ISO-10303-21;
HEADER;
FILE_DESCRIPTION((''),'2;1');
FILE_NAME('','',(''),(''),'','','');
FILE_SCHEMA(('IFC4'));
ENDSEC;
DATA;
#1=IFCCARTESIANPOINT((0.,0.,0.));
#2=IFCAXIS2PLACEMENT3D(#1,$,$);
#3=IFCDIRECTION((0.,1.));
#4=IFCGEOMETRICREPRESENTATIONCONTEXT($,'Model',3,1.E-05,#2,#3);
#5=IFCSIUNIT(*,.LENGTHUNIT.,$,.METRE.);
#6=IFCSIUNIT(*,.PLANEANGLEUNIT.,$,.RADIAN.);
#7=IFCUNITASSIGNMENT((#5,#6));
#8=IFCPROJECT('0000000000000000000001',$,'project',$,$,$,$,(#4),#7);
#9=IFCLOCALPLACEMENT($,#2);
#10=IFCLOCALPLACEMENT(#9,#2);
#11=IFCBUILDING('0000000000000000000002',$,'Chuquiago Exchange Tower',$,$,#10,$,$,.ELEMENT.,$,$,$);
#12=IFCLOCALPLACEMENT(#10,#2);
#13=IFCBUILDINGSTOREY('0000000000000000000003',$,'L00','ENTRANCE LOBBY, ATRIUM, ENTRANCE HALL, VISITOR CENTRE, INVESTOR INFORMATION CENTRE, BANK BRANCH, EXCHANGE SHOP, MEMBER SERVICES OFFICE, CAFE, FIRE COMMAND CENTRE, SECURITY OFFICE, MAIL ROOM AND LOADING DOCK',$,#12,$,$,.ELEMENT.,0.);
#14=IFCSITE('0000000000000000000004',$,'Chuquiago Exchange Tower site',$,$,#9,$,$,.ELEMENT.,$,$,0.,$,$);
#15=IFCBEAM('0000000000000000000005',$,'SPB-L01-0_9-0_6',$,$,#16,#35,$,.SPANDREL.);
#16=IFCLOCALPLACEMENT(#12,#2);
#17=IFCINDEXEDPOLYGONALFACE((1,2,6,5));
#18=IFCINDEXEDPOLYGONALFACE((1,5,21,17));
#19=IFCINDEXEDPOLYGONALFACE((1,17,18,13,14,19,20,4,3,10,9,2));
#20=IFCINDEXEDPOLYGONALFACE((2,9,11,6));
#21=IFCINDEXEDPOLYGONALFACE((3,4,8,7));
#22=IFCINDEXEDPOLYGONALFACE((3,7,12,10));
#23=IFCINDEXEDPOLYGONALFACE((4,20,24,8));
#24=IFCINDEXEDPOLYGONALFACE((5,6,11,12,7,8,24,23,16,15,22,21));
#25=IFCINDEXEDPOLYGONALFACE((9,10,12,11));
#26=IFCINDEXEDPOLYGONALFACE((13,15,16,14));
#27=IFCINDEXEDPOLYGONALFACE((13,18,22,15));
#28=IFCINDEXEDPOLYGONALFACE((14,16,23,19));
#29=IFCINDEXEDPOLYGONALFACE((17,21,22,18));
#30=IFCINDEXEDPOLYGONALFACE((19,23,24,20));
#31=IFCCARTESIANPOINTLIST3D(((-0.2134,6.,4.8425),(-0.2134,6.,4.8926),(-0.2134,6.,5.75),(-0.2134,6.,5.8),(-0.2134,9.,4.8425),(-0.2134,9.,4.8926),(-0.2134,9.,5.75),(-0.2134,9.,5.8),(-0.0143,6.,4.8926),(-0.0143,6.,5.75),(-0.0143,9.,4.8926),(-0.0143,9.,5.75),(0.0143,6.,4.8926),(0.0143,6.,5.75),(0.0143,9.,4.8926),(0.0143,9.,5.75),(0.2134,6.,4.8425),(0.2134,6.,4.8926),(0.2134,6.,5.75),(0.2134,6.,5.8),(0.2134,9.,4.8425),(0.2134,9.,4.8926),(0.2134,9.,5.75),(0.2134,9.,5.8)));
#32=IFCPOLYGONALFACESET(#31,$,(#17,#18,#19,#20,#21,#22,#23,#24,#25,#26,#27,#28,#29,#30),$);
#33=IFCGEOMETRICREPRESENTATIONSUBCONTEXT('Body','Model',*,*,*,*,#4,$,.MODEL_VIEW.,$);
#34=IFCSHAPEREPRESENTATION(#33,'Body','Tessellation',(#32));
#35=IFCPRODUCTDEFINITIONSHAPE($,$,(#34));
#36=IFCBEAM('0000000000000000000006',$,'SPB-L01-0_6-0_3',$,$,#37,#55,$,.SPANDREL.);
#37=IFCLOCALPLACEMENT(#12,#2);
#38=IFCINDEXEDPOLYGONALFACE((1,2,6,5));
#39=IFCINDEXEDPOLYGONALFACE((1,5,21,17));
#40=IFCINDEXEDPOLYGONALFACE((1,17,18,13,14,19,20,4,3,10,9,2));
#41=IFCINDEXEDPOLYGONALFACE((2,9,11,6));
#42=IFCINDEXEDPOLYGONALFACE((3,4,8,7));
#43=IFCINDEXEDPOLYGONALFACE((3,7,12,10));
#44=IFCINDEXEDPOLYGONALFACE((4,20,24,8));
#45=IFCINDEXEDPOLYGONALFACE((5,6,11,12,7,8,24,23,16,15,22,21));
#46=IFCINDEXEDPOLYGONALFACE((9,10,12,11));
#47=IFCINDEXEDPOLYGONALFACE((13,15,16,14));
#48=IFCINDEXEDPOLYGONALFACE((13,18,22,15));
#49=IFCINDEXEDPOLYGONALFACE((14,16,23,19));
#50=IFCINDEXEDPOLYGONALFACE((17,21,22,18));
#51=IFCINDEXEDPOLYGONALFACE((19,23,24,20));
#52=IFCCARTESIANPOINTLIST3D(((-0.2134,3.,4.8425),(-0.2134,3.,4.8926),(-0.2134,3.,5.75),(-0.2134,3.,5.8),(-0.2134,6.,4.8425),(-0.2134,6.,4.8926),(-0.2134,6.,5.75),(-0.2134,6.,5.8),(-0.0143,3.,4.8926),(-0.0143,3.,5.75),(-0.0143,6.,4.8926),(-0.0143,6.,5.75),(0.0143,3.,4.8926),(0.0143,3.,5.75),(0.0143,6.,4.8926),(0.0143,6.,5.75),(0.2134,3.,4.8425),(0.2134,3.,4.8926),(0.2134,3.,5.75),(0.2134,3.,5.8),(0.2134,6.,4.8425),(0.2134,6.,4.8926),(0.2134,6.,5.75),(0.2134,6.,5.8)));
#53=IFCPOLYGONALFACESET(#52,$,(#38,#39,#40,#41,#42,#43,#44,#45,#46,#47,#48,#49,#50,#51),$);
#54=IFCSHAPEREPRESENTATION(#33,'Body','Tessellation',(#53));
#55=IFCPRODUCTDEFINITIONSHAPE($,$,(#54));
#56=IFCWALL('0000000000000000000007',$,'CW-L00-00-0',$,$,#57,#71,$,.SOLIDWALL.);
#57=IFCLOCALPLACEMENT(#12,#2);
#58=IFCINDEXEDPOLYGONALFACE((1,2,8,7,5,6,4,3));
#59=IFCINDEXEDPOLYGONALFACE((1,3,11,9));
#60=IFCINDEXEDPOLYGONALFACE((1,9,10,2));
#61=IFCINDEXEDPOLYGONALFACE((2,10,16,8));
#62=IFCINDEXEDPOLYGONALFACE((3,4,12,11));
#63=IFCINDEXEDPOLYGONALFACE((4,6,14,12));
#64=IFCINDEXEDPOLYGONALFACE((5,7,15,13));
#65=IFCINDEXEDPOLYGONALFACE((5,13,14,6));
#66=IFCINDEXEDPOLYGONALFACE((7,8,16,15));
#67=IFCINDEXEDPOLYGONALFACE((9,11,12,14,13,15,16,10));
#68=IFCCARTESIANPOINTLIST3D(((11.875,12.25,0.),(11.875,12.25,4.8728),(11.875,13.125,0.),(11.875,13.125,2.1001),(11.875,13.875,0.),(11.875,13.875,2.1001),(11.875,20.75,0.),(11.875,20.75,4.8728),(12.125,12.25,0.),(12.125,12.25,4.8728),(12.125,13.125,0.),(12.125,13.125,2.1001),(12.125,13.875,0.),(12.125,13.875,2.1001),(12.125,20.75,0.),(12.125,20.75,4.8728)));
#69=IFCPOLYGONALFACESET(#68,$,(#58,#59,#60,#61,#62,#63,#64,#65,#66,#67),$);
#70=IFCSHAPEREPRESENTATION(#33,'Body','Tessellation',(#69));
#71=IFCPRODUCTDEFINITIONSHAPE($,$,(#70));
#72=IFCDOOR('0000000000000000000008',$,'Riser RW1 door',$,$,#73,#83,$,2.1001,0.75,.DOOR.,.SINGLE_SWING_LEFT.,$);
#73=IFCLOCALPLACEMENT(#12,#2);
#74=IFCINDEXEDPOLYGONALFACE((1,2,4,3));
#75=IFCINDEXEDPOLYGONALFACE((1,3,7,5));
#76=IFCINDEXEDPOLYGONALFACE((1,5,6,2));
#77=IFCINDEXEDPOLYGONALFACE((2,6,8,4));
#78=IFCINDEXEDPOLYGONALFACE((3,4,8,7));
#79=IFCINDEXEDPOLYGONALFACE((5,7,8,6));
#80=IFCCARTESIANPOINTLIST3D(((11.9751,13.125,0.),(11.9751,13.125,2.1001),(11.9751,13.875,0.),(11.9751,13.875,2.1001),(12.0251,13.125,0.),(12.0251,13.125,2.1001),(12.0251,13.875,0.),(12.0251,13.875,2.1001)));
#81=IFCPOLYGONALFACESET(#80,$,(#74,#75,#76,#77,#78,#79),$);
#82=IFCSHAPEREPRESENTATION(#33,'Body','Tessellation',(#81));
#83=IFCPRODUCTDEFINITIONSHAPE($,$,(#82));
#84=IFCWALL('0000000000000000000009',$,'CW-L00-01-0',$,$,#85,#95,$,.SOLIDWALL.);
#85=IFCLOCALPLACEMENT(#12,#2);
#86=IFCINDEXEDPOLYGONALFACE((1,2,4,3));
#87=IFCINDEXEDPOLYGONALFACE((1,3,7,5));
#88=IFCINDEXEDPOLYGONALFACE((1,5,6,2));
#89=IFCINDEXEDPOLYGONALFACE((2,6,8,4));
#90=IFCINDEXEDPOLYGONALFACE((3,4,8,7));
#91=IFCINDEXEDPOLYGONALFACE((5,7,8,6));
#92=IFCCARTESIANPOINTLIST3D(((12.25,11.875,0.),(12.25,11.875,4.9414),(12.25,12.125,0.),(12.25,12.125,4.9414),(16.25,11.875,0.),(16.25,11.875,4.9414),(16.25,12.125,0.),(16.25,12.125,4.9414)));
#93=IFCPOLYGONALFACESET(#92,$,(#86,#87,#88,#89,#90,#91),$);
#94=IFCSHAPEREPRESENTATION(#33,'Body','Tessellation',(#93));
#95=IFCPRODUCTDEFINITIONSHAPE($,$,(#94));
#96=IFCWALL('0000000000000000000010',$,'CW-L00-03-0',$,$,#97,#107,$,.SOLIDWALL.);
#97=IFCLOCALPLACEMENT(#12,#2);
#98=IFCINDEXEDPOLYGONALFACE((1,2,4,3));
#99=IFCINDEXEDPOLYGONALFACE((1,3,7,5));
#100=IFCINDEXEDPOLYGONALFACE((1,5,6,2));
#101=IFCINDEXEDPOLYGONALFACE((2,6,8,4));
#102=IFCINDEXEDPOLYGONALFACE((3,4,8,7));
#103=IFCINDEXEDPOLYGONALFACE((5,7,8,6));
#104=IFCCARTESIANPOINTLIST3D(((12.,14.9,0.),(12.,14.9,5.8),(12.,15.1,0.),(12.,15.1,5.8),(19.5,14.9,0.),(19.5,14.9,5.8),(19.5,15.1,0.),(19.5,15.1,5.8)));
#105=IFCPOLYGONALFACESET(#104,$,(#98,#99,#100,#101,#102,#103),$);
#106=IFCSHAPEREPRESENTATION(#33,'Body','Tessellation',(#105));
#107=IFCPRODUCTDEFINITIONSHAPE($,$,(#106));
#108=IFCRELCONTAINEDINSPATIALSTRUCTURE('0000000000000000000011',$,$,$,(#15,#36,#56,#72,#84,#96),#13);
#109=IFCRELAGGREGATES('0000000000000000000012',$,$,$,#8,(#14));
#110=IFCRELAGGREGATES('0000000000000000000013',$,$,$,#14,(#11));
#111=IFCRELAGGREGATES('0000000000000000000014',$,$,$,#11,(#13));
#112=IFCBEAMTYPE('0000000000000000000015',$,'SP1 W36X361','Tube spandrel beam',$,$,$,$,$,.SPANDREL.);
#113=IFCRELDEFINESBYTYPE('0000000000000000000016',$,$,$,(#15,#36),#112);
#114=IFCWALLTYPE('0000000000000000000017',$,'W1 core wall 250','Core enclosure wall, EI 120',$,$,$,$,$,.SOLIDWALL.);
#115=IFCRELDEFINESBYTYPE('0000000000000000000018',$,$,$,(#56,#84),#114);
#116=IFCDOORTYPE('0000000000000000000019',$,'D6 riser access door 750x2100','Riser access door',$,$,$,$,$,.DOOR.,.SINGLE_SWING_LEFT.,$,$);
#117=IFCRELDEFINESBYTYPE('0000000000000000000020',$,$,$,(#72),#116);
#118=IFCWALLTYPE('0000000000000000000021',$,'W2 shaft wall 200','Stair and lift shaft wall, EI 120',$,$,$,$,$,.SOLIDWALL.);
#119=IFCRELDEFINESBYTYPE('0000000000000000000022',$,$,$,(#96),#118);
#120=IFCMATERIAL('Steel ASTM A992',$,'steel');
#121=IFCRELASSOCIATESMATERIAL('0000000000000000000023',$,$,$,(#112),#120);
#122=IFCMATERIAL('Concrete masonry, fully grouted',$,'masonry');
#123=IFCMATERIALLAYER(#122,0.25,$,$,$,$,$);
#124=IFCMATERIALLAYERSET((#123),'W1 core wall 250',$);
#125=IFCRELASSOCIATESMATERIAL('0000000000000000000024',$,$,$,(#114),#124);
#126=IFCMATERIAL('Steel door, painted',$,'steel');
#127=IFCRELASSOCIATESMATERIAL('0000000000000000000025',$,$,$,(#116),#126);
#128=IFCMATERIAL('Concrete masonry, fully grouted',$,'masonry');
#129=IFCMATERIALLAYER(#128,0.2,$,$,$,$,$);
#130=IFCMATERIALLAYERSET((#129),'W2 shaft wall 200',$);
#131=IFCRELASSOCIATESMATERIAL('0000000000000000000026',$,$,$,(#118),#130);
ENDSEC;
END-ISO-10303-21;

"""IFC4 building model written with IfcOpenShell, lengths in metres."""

from ifc_helpers import new_model, si_unit, direction, frame, frame_2d, origin, origin_2d, place, context, subcontext, project, spatial, rectangle, i_section, extrude, material, layer, layer_set, material_profile, profile_set, type_object, element, fill, save


model = new_model("IFC4")

# Units and contexts
model_context = context("Model", 3, precision=1e-05, world=origin(), true_north=direction((0.0, 1.0)))
body_context = subcontext(model_context, "Body", "Model", "MODEL_VIEW")
ifc_project = project(units=[si_unit("LENGTHUNIT", "METRE"), si_unit("PLANEANGLEUNIT", "RADIAN")], contexts=[model_context])

# Site, building, storey
site_placement = place(None, origin())
site = spatial("IfcSite", under=ifc_project, at=site_placement, Name="Chuquiago Exchange Tower site", CompositionType="ELEMENT", RefElevation=0.0)
building_placement = place(site_placement, origin())
building = spatial("IfcBuilding", under=site, at=building_placement, Name="Chuquiago Exchange Tower", CompositionType="ELEMENT")
storey_placement = place(building_placement, origin())
storey = spatial("IfcBuildingStorey", under=building, at=storey_placement, Name="L00", Description="ENTRANCE LOBBY, ATRIUM, ENTRANCE HALL, VISITOR CENTRE, INVESTOR INFORMATION CENTRE, BANK BRANCH, EXCHANGE SHOP, MEMBER SERVICES OFFICE, CAFE, FIRE COMMAND CENTRE, SECURITY OFFICE, MAIL ROOM AND LOADING DOCK", CompositionType="ELEMENT", Elevation=0.0)

# Beams
ifc_material_1 = material(Name="Steel ASTM A992", Category="steel")
ifc_material_profile_1 = material_profile(ifc_material_1, i_section(OverallWidth=0.4268, OverallDepth=0.9575, WebThickness=0.0286, FlangeThickness=0.05, at=origin_2d()), Name="W36X361")
ifc_profile_set_1 = profile_set([ifc_material_profile_1], Name="Steel ASTM A992")
beam_type_1 = type_object("IfcBeamType", Name="SP1 W36X361", Description="Tube spandrel beam", PredefinedType="SPANDREL", material=ifc_profile_set_1)
for number, where, z_axis, x_axis, name in (
    (1, (0.0, 9.0, 5.3213), (0.0, -1.0, 0.0), (1.0, 0.0, 0.0), "SPB-L01-0_9-0_6"),
    (2, (0.0, 6.0, 5.3213), (0.0, -1.0, 0.0), (1.0, 0.0, 0.0), "SPB-L01-0_6-0_3"),
):
    element("IfcBeam", number, at=place(storey_placement, frame(where, z_axis=z_axis, x_axis=x_axis)), inside=storey, type_object=beam_type_1, Name=name, PredefinedType="SPANDREL", context=body_context, shape_type="SweptSolid", body=[
        extrude(i_section(OverallWidth=0.4268, OverallDepth=0.9575, WebThickness=0.0286, FlangeThickness=0.05, at=origin_2d()), origin(), (0.0, 0.0, 1.0), 3.0),
    ])

# Wall, opening, door
ifc_material_2 = material(Name="Concrete masonry, fully grouted", Category="masonry")
ifc_layer_1 = layer(ifc_material_2, 0.25)
ifc_layer_set_1 = layer_set([ifc_layer_1], Name="W1 core wall 250")
wall_type_1 = type_object("IfcWallType", Name="W1 core wall 250", Description="Core enclosure wall, EI 120", PredefinedType="SOLIDWALL", material=ifc_layer_set_1)
wall_1_placement = place(storey_placement, frame((12.0, 12.25, 0.0), z_axis=(0.0, 0.0, 1.0), x_axis=(0.0, 1.0, 0.0)))
wall_1 = element("IfcWall", 3, at=wall_1_placement, inside=storey, type_object=wall_type_1, Name="CW-L00-00-0", PredefinedType="SOLIDWALL", context=body_context, shape_type="SweptSolid", body=[
    extrude(rectangle(XDim=8.5, YDim=0.25, at=frame_2d((4.25, 0.0))), origin(), (0.0, 0.0, 1.0), 4.8728),
])
opening_placement = place(wall_1_placement, frame((0.875, 0.0, 0.0)))
opening = element("IfcOpeningElement", 4, at=opening_placement, cuts=wall_1, PredefinedType="OPENING", context=body_context, shape_type="SweptSolid", body=[
    extrude(rectangle(XDim=0.75, YDim=2.1001, at=frame_2d((0.375, 1.05))), frame((0.0, 0.135, 0.0), z_axis=(0.0, -1.0, 0.0), x_axis=(1.0, 0.0, 0.0)), (0.0, 0.0, 1.0), 0.27),
])
ifc_material_3 = material(Name="Steel door, painted", Category="steel")
door_type = type_object("IfcDoorType", Name="D6 riser access door 750x2100", Description="Riser access door", OperationType="SINGLE_SWING_LEFT", PredefinedType="DOOR", material=ifc_material_3)
door_placement = place(opening_placement, origin())
door = element("IfcDoor", 5, at=door_placement, inside=storey, type_object=door_type, Name="Riser RW1 door", OperationType="SINGLE_SWING_LEFT", OverallHeight=2.1001, OverallWidth=0.75, PredefinedType="DOOR", context=body_context, shape_type="SweptSolid", body=[
    extrude(rectangle(XDim=0.75, YDim=2.1001, at=frame_2d((0.375, 1.05))), frame((0.0, 0.0249, 0.0), z_axis=(0.0, -1.0, 0.0), x_axis=(1.0, 0.0, 0.0)), (0.0, 0.0, 1.0), 0.05),
])
fill(opening, door)

# Walls
wall_2_placement = place(storey_placement, frame((12.25, 12.0, 0.0), z_axis=(0.0, 0.0, 1.0), x_axis=(1.0, 0.0, 0.0)))
element("IfcWall", 6, at=wall_2_placement, inside=storey, type_object=wall_type_1, Name="CW-L00-01-0", PredefinedType="SOLIDWALL", context=body_context, shape_type="SweptSolid", body=[
    extrude(rectangle(XDim=4.0, YDim=0.25, at=frame_2d((2.0, 0.0))), origin(), (0.0, 0.0, 1.0), 4.9414),
])
ifc_material_4 = material(Name="Concrete masonry, fully grouted", Category="masonry")
ifc_layer_2 = layer(ifc_material_4, 0.2)
ifc_layer_set_2 = layer_set([ifc_layer_2], Name="W2 shaft wall 200")
wall_type_2 = type_object("IfcWallType", Name="W2 shaft wall 200", Description="Stair and lift shaft wall, EI 120", PredefinedType="SOLIDWALL", material=ifc_layer_set_2)
wall_3_placement = place(storey_placement, frame((12.0, 15.0, 0.0), z_axis=(0.0, 0.0, 1.0), x_axis=(1.0, 0.0, 0.0)))
element("IfcWall", 7, at=wall_3_placement, inside=storey, type_object=wall_type_2, Name="CW-L00-03-0", PredefinedType="SOLIDWALL", context=body_context, shape_type="SweptSolid", body=[
    extrude(rectangle(XDim=7.5, YDim=0.2, at=frame_2d((3.75, 0.0))), origin(), (0.0, 0.0, 1.0), 5.8),
])

save(model, "model.ifc")
